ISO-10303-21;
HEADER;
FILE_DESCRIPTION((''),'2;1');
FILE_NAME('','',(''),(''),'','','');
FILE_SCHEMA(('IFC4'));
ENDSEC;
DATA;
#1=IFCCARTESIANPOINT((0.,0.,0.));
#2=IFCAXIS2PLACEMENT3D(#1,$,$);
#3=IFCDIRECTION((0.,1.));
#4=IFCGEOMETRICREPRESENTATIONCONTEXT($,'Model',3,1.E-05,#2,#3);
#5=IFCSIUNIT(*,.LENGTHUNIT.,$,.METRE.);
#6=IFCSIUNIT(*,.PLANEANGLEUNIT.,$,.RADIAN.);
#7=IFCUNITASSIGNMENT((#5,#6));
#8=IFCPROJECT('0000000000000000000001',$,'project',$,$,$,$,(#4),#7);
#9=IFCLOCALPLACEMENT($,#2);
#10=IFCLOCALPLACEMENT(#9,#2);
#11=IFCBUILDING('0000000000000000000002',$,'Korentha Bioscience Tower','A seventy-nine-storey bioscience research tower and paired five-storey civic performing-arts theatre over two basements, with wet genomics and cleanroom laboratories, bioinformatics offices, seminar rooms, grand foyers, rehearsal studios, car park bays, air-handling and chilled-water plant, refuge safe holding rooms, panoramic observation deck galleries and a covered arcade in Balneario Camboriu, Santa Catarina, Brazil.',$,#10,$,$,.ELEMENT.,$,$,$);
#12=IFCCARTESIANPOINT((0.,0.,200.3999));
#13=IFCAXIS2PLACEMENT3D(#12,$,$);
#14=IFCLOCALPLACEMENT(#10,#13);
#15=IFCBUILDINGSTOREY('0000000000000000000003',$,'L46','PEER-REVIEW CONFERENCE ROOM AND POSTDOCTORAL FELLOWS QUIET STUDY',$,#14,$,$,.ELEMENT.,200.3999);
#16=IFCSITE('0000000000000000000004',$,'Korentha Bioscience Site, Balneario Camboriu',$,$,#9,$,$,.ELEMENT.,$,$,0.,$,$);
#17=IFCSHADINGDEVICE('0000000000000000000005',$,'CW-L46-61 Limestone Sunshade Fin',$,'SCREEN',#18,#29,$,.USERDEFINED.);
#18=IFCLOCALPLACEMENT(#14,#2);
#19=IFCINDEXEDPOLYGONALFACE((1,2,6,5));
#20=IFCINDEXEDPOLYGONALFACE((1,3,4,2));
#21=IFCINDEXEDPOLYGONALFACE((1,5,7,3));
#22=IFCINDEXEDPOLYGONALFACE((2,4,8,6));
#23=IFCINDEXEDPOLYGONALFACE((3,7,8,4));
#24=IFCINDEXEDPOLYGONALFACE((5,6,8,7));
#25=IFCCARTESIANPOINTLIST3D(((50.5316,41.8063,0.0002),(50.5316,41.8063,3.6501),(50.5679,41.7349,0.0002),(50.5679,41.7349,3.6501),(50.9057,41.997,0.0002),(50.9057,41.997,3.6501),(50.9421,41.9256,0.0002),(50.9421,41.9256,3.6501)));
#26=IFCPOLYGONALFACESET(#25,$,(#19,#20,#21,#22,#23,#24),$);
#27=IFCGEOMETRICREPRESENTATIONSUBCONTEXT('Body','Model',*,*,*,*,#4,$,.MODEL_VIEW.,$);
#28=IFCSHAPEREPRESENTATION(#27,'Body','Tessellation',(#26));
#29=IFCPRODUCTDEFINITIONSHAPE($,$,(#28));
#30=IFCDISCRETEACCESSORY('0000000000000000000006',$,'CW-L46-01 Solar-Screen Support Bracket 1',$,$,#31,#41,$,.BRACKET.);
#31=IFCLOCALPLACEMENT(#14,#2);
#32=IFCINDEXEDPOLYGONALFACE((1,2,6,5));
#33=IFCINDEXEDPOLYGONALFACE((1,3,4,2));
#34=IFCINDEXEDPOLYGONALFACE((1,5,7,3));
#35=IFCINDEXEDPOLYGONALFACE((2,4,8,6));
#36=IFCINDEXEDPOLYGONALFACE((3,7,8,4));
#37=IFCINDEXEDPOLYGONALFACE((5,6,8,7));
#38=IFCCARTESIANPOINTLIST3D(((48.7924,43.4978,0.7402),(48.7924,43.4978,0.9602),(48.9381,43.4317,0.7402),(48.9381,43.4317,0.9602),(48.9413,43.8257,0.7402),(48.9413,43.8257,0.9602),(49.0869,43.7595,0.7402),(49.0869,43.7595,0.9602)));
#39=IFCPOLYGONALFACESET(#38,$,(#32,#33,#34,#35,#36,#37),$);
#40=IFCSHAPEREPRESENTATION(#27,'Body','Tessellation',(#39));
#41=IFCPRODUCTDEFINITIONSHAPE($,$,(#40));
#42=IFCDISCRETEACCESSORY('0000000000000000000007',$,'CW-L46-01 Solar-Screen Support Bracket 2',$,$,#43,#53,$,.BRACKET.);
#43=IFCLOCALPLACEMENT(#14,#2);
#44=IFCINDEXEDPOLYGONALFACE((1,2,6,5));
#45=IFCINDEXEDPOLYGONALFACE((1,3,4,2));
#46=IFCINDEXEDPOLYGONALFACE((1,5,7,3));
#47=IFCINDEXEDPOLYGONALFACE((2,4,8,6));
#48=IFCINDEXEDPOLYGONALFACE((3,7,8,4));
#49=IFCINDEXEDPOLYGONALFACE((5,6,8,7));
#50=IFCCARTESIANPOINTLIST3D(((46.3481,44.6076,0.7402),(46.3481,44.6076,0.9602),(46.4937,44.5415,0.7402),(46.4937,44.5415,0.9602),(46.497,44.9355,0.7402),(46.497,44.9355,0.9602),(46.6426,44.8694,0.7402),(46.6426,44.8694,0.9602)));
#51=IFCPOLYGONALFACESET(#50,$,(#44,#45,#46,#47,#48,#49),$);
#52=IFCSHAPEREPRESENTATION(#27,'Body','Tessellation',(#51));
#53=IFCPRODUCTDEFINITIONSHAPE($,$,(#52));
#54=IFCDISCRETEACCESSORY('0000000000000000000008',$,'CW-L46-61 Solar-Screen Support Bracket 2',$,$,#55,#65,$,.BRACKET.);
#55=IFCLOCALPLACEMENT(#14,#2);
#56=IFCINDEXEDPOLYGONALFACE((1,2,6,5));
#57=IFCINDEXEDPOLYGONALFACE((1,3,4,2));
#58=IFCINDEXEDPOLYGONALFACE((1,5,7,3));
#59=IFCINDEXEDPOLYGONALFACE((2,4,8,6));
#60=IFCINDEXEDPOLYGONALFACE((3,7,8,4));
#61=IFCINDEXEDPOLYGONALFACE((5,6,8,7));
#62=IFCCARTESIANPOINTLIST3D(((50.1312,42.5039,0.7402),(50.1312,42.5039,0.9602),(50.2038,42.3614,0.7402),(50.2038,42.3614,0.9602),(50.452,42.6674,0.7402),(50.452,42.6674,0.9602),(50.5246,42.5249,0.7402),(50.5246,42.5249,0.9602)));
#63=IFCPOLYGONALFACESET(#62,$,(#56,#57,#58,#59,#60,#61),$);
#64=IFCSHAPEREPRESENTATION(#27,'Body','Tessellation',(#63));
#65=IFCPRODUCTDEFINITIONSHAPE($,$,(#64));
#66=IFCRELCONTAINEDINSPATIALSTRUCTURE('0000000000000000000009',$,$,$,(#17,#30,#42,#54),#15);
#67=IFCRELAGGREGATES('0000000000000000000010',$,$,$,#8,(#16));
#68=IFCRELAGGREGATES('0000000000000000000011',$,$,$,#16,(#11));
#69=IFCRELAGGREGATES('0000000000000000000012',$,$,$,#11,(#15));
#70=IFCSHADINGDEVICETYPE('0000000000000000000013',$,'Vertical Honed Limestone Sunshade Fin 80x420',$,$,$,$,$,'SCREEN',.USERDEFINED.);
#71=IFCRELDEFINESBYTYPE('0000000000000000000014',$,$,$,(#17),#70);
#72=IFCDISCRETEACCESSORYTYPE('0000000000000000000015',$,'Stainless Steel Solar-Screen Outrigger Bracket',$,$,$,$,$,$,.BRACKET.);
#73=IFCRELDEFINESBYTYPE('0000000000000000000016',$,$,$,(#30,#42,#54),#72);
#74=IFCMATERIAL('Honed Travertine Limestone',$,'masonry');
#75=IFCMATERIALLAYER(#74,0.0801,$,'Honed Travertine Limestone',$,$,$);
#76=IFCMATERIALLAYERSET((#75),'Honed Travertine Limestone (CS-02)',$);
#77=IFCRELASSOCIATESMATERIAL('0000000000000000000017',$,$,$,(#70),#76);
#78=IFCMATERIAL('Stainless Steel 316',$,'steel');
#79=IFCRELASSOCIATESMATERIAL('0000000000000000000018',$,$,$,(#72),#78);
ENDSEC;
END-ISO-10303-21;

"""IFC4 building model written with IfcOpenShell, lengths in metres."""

from ifc_helpers import new_model, si_unit, direction, frame, origin, origin_2d, place, context, subcontext, project, spatial, rectangle, extrude, material, layer, layer_set, type_object, element, save


model = new_model("IFC4")

# Units and contexts
model_context = context("Model", 3, precision=1e-05, world=origin(), true_north=direction((0.0, 1.0)))
body_context = subcontext(model_context, "Body", "Model", "MODEL_VIEW")
ifc_project = project(units=[si_unit("LENGTHUNIT", "METRE"), si_unit("PLANEANGLEUNIT", "RADIAN")], contexts=[model_context])

# Site, building, storey
site_placement = place(None, origin())
site = spatial("IfcSite", under=ifc_project, at=site_placement, Name="Korentha Bioscience Site, Balneario Camboriu", CompositionType="ELEMENT", RefElevation=0.0)
building_placement = place(site_placement, origin())
building = spatial("IfcBuilding", under=site, at=building_placement, Name="Korentha Bioscience Tower", Description="A seventy-nine-storey bioscience research tower and paired five-storey civic performing-arts theatre over two basements, with wet genomics and cleanroom laboratories, bioinformatics offices, seminar rooms, grand foyers, rehearsal studios, car park bays, air-handling and chilled-water plant, refuge safe holding rooms, panoramic observation deck galleries and a covered arcade in Balneario Camboriu, Santa Catarina, Brazil.", CompositionType="ELEMENT")
storey_placement = place(building_placement, frame((0.0, 0.0, 200.3999)))
storey = spatial("IfcBuildingStorey", under=building, at=storey_placement, Name="L46", Description="PEER-REVIEW CONFERENCE ROOM AND POSTDOCTORAL FELLOWS QUIET STUDY", CompositionType="ELEMENT", Elevation=200.3999)

# Shading device
ifc_material_1 = material(Name="Honed Travertine Limestone", Category="masonry")
ifc_layer_1 = layer(ifc_material_1, 0.0801, Name="Honed Travertine Limestone")
ifc_layer_set_1 = layer_set([ifc_layer_1], Name="Honed Travertine Limestone (CS-02)")
shading_device_type_1 = type_object("IfcShadingDeviceType", Name="Vertical Honed Limestone Sunshade Fin 80x420", ElementType="SCREEN", PredefinedType="USERDEFINED", material=ifc_layer_set_1)
for number, where, z_axis, x_axis, name in (
    (1, (50.7368, 41.866, 0.0002), (0.0, 0.0, 1.0), (-0.454116, 0.890943, 0.0), "CW-L46-61 Limestone Sunshade Fin"),
):
    element("IfcShadingDevice", number, at=place(storey_placement, frame(where, z_axis=z_axis, x_axis=x_axis)), inside=storey, type_object=shading_device_type_1, Name=name, ObjectType="SCREEN", PredefinedType="USERDEFINED", context=body_context, shape_type="SweptSolid", body=[
        extrude(rectangle(XDim=0.0801, YDim=0.4199, at=origin_2d()), origin(), (0.0, 0.0, 1.0), 3.6499),
    ])

# Discrete accessories
ifc_material_2 = material(Name="Stainless Steel 316", Category="steel")
discrete_accessory_type = type_object("IfcDiscreteAccessoryType", Name="Stainless Steel Solar-Screen Outrigger Bracket", PredefinedType="BRACKET", material=ifc_material_2)
for number, where, z_axis, x_axis, name in (
    (2, (48.9397, 43.6287, 0.7402), (0.0, 0.0, 1.0), (-0.91052, 0.413465, 0.0), "CW-L46-01 Solar-Screen Support Bracket 1"),
    (3, (46.4954, 44.7385, 0.7402), (0.0, 0.0, 1.0), (-0.91052, 0.413465, 0.0), "CW-L46-01 Solar-Screen Support Bracket 2"),
    (4, (50.3279, 42.5144, 0.7402), (0.0, 0.0, 1.0), (-0.454116, 0.890943, 0.0), "CW-L46-61 Solar-Screen Support Bracket 2"),
):
    element("IfcDiscreteAccessory", number, at=place(storey_placement, frame(where, z_axis=z_axis, x_axis=x_axis)), inside=storey, type_object=discrete_accessory_type, Name=name, PredefinedType="BRACKET", context=body_context, shape_type="SweptSolid", body=[
        extrude(rectangle(XDim=0.1599, YDim=0.3601, at=origin_2d()), origin(), (0.0, 0.0, 1.0), 0.22),
    ])

save(model, "model.ifc")
